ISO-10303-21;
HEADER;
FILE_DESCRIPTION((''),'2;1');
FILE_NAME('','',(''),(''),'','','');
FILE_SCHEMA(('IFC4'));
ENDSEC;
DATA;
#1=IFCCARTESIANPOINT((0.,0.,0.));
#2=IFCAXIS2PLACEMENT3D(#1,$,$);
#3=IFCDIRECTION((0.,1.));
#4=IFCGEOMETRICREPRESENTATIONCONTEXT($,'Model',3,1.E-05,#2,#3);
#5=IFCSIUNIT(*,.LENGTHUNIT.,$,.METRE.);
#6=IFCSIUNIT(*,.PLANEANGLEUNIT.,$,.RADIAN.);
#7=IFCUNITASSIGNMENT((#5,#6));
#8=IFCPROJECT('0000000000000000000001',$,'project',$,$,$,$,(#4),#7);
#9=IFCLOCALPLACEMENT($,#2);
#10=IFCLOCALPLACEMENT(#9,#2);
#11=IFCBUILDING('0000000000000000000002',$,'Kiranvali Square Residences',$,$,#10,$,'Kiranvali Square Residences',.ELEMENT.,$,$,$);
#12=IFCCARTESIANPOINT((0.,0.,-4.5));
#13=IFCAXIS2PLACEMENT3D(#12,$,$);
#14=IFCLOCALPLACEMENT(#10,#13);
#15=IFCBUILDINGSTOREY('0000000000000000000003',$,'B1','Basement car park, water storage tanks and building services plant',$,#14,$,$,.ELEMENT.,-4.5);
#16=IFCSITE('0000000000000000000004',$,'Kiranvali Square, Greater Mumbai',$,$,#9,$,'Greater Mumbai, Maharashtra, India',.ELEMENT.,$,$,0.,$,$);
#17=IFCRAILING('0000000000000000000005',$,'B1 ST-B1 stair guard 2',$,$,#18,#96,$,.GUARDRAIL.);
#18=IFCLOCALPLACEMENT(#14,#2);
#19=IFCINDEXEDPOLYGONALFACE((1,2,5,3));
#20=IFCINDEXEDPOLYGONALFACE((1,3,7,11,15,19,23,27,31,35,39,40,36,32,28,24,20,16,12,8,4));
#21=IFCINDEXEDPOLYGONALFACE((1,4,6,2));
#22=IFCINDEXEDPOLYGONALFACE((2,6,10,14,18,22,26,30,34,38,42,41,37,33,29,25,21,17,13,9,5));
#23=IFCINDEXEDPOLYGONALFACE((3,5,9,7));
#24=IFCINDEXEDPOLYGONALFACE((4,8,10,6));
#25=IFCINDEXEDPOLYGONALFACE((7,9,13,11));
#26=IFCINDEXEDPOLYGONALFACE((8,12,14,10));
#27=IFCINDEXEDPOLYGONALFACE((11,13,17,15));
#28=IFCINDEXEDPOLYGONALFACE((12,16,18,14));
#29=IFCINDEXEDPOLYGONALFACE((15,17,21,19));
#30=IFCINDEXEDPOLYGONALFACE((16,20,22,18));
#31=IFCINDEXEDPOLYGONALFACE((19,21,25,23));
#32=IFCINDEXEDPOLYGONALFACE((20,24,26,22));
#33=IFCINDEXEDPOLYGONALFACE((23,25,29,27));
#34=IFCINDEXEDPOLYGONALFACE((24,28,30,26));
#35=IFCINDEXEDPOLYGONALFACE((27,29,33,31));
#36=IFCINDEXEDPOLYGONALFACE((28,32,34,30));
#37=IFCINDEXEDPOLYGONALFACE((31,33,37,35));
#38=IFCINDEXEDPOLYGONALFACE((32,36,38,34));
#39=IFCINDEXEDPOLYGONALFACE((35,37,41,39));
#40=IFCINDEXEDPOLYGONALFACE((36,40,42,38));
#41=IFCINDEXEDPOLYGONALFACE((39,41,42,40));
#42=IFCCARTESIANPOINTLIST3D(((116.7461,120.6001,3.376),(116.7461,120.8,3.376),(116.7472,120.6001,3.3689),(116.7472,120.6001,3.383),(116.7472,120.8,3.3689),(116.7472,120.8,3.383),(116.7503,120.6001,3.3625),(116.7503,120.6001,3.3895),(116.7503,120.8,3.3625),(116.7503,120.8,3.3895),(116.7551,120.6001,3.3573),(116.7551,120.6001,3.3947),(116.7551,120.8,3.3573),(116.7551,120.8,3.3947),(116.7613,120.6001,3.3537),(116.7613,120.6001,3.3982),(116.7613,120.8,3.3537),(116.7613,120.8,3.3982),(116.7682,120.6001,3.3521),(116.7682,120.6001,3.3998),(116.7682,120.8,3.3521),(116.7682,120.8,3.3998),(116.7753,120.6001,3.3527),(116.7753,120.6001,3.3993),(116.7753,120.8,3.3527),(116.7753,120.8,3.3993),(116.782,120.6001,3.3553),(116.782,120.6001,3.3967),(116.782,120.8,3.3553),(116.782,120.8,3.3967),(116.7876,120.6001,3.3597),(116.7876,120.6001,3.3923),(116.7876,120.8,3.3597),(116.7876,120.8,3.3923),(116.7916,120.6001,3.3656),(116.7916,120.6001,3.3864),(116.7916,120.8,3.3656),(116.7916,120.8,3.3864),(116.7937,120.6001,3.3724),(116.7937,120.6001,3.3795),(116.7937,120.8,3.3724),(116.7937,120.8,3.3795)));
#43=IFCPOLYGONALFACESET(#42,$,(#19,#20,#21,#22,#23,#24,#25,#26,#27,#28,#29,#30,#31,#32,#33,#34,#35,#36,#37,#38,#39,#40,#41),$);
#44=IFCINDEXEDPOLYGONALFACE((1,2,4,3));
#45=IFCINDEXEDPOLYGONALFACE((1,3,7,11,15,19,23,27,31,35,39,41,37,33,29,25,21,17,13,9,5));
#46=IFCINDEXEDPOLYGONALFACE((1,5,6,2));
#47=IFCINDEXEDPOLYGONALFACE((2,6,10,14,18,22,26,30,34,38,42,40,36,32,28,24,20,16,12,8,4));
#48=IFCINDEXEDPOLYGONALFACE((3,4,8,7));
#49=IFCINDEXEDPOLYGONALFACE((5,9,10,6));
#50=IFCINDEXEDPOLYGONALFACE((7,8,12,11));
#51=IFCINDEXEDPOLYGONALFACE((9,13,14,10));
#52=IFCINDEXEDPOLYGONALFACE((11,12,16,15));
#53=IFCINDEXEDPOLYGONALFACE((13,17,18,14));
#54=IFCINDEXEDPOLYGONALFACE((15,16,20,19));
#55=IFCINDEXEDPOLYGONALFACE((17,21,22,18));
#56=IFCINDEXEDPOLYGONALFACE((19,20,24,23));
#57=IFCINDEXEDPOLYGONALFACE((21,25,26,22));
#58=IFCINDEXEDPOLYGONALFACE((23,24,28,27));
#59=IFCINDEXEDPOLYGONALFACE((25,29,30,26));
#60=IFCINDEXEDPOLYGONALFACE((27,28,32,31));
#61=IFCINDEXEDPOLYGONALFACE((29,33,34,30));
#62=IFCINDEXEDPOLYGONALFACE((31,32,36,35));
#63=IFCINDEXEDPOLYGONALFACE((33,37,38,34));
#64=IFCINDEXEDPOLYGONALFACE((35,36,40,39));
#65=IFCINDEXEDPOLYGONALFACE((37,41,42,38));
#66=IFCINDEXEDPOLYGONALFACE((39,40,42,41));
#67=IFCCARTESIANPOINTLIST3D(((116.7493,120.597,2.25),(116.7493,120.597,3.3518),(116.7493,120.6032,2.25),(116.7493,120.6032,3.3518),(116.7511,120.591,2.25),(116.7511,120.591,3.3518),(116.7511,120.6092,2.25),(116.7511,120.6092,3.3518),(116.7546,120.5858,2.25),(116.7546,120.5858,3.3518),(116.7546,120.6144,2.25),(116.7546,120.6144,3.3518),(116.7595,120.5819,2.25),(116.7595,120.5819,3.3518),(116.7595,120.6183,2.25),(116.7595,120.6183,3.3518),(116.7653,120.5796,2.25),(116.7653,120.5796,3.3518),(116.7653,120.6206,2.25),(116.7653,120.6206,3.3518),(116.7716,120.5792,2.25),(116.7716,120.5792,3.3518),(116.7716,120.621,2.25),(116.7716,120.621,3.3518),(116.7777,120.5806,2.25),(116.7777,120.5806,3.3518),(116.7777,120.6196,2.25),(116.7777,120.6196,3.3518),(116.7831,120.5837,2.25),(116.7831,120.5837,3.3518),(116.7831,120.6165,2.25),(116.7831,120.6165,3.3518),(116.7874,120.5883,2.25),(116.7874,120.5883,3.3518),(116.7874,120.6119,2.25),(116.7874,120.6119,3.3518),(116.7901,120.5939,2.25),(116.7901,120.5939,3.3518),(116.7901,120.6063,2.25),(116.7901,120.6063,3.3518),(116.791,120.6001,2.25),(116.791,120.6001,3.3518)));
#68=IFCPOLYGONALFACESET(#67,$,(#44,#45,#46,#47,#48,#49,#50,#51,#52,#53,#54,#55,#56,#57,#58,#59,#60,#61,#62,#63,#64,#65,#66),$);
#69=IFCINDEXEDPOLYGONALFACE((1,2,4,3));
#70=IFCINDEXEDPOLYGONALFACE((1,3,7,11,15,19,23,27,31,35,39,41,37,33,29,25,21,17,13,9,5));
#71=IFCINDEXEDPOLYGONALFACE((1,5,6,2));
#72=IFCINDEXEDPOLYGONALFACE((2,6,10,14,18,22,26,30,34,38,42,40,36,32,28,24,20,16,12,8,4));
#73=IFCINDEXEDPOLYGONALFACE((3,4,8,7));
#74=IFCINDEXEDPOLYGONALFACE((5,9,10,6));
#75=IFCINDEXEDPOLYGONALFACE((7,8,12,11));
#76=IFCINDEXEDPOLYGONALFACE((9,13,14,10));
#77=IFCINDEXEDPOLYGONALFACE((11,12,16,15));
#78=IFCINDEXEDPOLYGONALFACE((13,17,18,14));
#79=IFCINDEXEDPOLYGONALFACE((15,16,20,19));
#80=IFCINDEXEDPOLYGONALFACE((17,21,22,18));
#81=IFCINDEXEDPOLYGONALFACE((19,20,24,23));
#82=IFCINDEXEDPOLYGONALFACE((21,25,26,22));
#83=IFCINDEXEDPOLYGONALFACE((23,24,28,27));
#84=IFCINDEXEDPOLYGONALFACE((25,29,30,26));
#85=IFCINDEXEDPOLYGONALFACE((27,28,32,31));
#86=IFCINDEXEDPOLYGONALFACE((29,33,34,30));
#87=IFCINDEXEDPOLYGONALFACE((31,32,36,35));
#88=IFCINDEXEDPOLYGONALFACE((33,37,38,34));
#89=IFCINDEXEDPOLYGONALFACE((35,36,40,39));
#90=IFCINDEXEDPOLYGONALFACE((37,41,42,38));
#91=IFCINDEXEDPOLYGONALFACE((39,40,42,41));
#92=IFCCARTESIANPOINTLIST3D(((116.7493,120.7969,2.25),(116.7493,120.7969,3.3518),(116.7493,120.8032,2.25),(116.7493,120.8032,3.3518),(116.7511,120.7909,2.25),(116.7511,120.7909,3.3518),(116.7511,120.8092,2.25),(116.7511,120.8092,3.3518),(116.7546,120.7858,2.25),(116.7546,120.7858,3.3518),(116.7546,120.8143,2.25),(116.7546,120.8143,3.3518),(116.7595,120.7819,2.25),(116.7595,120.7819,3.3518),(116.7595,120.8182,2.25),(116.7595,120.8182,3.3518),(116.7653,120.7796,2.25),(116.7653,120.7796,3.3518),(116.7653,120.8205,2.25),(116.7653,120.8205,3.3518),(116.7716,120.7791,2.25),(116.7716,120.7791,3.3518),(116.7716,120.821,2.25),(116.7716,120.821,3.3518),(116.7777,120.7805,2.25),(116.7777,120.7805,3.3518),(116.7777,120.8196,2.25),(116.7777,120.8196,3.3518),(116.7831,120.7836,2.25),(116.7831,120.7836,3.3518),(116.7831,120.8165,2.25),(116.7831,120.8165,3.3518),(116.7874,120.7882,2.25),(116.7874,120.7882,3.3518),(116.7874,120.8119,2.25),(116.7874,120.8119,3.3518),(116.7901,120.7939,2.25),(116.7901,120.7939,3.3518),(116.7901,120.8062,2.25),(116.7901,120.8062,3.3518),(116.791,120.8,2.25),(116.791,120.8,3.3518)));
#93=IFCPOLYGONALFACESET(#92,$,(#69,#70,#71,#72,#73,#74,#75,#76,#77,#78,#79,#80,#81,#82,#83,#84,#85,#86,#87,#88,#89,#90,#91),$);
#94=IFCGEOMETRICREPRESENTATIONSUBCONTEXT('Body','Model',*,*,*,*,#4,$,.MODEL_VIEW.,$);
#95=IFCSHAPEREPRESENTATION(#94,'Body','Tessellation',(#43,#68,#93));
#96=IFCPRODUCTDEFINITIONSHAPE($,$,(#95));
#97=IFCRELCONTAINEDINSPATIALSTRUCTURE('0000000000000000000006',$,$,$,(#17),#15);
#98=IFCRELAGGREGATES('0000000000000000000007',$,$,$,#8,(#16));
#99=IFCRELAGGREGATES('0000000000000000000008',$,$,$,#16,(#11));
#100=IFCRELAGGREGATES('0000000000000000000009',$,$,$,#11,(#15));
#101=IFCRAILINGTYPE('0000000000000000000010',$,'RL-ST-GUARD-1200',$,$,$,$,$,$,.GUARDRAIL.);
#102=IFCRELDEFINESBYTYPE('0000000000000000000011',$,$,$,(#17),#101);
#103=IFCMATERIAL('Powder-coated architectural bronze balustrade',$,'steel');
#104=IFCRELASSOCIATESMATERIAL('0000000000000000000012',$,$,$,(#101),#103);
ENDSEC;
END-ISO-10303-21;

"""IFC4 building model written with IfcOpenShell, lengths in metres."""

from ifc_helpers import new_model, si_unit, direction, frame, origin, origin_2d, place, context, subcontext, project, spatial, circle, extrude, material, type_object, element, save


model = new_model("IFC4")

# Units and contexts
model_context = context("Model", 3, precision=1e-05, world=origin(), true_north=direction((0.0, 1.0)))
body_context = subcontext(model_context, "Body", "Model", "MODEL_VIEW")
ifc_project = project(units=[si_unit("LENGTHUNIT", "METRE"), si_unit("PLANEANGLEUNIT", "RADIAN")], contexts=[model_context])

# Site, building, storey
site_placement = place(None, origin())
site = spatial("IfcSite", under=ifc_project, at=site_placement, Name="Kiranvali Square, Greater Mumbai", LongName="Greater Mumbai, Maharashtra, India", CompositionType="ELEMENT", RefElevation=0.0)
building_placement = place(site_placement, origin())
building = spatial("IfcBuilding", under=site, at=building_placement, Name="Kiranvali Square Residences", LongName="Kiranvali Square Residences", CompositionType="ELEMENT")
storey_placement = place(building_placement, frame((0.0, 0.0, -4.5)))
storey = spatial("IfcBuildingStorey", under=building, at=storey_placement, Name="B1", Description="Basement car park, water storage tanks and building services plant", CompositionType="ELEMENT", Elevation=-4.5)

# Railing
ifc_material_1 = material(Name="Powder-coated architectural bronze balustrade", Category="steel")
railing_type_1 = type_object("IfcRailingType", Name="RL-ST-GUARD-1200", PredefinedType="GUARDRAIL", material=ifc_material_1)
railing_1_placement = place(storey_placement, frame((116.77, 120.6001, 2.25)))
element("IfcRailing", 1, at=railing_1_placement, inside=storey, type_object=railing_type_1, Name="B1 ST-B1 stair guard 2", PredefinedType="GUARDRAIL", context=body_context, shape_type="SweptSolid", body=[
    extrude(circle(Radius=0.0239, at=origin_2d()), frame((0.0, 0.0, 1.126), z_axis=(0.0, 1.0, 0.0), x_axis=(-1.0, 0.0, 0.0)), (0.0, 0.0, 1.0), 0.2),
    extrude(circle(Radius=0.021, at=origin_2d()), origin(), (0.0, 0.0, 1.0), 1.1018),
    extrude(circle(Radius=0.021, at=origin_2d()), frame((0.0, 0.2, 0.0)), (0.0, 0.0, 1.0), 1.1018),
])

save(model, "model.ifc")
